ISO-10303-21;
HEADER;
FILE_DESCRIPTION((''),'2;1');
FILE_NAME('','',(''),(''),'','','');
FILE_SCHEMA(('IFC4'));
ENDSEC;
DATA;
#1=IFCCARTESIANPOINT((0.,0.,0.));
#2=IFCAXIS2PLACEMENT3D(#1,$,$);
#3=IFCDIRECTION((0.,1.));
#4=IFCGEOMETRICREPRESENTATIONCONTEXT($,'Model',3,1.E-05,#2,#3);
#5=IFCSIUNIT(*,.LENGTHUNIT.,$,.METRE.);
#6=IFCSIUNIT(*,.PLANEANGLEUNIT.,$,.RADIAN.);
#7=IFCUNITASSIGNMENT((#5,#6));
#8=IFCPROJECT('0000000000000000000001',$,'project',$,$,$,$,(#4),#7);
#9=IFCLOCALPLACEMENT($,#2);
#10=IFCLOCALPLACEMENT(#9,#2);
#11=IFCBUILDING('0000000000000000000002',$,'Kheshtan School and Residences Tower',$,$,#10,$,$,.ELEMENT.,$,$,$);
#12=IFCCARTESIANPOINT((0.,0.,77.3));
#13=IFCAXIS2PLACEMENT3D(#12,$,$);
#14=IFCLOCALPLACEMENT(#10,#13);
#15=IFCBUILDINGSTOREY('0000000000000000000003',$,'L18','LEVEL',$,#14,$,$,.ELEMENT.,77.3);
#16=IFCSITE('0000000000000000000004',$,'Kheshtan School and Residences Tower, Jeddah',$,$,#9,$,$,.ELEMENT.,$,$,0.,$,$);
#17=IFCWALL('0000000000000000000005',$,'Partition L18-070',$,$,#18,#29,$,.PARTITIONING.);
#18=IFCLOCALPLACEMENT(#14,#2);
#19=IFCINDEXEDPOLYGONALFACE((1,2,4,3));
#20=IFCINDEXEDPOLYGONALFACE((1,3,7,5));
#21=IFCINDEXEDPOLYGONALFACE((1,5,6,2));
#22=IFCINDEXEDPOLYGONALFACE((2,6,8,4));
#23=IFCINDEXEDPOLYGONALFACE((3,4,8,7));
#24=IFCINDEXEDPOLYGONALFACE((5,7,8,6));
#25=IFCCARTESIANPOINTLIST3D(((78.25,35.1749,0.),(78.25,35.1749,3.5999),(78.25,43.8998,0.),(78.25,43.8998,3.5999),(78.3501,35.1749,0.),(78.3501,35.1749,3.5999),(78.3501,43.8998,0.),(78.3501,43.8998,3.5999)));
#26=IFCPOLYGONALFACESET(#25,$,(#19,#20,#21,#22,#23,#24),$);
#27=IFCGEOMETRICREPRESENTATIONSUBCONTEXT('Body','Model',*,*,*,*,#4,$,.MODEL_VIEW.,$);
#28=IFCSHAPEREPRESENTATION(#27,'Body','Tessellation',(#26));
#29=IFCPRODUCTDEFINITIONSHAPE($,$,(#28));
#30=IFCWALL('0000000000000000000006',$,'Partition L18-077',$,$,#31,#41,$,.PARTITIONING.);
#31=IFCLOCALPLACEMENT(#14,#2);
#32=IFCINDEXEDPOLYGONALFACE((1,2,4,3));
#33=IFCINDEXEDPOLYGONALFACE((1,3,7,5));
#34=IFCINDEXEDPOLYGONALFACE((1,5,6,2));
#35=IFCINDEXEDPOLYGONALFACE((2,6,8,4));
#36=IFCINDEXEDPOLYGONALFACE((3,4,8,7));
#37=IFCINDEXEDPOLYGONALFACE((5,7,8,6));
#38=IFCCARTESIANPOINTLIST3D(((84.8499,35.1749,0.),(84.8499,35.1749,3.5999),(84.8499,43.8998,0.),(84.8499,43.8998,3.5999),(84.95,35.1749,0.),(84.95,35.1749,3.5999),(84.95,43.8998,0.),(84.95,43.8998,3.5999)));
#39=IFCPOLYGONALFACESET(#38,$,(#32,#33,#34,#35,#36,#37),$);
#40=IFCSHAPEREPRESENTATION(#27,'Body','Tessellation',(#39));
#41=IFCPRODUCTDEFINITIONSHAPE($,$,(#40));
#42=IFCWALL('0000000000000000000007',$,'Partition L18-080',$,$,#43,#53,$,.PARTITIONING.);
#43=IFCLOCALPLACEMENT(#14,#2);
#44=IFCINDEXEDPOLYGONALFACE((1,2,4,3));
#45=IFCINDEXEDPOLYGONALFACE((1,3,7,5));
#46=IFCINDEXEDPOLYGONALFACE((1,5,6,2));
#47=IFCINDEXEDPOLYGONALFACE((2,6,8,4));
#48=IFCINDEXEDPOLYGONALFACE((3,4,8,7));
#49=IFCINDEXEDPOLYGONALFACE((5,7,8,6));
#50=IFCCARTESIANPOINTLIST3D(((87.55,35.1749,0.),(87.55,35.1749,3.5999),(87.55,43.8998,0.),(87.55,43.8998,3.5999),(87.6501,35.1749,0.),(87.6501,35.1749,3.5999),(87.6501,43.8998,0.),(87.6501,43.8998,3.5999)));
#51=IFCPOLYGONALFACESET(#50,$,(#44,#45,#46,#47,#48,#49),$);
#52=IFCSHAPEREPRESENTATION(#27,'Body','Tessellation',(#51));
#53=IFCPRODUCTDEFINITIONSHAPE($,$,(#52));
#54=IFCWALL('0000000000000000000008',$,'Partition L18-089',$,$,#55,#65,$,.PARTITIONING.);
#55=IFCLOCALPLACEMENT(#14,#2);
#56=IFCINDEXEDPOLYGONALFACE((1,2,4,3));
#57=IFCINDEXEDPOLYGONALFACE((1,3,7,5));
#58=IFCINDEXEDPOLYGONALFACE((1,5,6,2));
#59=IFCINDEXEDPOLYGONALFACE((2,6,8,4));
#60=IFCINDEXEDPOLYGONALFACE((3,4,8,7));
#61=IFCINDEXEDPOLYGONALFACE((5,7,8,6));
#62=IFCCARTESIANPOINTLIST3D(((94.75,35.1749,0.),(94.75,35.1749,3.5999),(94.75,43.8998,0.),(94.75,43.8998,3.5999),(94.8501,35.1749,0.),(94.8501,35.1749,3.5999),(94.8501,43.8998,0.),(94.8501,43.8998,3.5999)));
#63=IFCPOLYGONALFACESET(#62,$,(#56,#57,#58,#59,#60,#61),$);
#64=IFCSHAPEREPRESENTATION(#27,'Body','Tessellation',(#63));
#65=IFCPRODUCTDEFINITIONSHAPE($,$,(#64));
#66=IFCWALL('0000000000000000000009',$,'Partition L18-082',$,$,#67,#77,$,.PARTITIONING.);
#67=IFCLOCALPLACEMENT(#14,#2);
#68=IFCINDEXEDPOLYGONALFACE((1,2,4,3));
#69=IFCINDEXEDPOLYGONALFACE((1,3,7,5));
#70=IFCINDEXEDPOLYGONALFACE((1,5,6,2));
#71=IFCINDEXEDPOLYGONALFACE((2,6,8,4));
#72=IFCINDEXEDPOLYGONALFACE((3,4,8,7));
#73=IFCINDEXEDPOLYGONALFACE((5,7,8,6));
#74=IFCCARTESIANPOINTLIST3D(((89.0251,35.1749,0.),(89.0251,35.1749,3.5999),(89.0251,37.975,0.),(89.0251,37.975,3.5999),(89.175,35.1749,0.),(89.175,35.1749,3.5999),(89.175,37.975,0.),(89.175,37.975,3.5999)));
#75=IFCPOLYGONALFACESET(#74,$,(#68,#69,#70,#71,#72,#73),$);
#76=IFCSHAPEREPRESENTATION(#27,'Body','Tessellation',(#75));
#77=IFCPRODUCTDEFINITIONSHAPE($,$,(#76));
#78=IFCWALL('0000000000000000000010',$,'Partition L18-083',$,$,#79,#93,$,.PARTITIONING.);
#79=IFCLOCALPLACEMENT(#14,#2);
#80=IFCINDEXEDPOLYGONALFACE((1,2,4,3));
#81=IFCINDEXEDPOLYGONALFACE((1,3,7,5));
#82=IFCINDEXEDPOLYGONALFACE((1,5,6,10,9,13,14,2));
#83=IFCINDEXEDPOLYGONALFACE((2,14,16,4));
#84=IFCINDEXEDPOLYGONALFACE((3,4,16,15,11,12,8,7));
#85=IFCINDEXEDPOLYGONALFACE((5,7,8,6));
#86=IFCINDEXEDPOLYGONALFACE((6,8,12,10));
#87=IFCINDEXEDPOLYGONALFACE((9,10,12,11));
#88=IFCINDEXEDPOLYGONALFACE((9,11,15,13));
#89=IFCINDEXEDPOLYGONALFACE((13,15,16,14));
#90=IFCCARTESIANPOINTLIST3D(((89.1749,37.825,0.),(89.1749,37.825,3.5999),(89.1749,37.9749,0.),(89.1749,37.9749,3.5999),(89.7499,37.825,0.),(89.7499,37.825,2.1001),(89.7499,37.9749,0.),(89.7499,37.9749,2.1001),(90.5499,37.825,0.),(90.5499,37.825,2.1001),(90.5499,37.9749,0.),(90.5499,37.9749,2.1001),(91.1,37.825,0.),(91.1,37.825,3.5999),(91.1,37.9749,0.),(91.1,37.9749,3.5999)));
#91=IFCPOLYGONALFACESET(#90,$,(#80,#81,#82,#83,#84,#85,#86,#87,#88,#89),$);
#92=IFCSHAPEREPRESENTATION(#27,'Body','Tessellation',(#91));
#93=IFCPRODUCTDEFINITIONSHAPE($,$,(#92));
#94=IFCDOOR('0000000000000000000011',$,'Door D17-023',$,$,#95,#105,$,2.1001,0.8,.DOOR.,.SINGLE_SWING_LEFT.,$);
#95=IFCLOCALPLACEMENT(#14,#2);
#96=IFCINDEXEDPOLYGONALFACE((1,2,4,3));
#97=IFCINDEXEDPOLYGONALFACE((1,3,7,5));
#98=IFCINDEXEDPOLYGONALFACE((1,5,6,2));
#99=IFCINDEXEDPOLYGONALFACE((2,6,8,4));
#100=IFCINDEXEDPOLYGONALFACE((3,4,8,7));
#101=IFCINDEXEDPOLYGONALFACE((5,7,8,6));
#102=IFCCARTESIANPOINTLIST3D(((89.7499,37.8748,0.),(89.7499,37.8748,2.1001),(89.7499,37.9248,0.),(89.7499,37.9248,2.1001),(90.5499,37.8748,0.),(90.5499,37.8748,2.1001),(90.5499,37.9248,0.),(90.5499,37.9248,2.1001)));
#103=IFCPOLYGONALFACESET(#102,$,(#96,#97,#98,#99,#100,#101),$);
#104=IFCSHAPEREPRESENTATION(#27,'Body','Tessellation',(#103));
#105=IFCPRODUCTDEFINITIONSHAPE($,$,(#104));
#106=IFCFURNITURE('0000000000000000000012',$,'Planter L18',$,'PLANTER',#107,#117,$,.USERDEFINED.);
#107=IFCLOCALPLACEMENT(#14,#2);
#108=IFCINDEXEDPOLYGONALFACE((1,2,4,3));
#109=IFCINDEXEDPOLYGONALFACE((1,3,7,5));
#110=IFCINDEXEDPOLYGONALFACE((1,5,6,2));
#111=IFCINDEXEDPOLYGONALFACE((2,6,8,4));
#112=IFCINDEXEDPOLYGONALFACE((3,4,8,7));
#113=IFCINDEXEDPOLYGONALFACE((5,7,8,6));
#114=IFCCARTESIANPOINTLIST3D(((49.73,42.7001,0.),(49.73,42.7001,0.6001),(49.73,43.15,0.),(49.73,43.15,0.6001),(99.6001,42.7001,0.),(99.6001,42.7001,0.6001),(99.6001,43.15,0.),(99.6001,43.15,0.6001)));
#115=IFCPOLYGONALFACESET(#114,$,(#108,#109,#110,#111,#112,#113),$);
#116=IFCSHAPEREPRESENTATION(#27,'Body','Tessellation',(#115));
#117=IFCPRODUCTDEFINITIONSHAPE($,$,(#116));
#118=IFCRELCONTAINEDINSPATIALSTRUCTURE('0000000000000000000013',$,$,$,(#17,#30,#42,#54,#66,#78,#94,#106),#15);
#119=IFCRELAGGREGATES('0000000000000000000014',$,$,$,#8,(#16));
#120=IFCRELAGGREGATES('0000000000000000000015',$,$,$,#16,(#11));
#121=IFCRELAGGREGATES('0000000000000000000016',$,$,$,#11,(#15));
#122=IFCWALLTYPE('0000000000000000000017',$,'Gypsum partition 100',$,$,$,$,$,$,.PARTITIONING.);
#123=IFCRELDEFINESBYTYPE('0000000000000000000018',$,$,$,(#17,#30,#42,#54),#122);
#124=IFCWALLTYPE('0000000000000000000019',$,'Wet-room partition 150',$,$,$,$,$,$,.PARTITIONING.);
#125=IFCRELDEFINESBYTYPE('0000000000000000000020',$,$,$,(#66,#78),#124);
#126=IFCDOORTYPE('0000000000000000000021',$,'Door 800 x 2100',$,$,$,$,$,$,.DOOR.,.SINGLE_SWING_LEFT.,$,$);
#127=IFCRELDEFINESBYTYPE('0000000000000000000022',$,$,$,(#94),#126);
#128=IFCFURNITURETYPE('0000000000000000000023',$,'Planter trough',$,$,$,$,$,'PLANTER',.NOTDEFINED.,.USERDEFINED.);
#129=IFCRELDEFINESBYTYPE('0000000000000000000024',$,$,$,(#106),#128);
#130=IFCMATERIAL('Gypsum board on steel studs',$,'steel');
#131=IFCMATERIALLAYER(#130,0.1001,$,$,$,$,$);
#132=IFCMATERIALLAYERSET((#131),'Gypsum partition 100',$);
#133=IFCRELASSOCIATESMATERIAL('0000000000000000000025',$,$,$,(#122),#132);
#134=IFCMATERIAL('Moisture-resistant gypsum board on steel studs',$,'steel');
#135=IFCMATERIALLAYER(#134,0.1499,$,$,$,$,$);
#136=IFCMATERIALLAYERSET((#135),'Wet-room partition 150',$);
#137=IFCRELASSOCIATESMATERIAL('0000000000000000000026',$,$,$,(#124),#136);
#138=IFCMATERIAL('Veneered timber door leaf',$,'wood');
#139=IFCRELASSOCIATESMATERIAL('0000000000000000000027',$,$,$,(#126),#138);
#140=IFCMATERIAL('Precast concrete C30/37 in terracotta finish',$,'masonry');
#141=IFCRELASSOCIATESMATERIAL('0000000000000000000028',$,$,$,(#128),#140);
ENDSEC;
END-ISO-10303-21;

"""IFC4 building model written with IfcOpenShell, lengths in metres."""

from ifc_helpers import new_model, si_unit, direction, frame, frame_2d, origin, origin_2d, place, context, subcontext, project, spatial, rectangle, extrude, source, transform, mapped, material, layer, layer_set, type_object, element, fill, save


model = new_model("IFC4")

# Units and contexts
model_context = context("Model", 3, precision=1e-05, world=origin(), true_north=direction((0.0, 1.0)))
body_context = subcontext(model_context, "Body", "Model", "MODEL_VIEW")
ifc_project = project(units=[si_unit("LENGTHUNIT", "METRE"), si_unit("PLANEANGLEUNIT", "RADIAN")], contexts=[model_context])

# Site, building, storey
site_placement = place(None, origin())
site = spatial("IfcSite", under=ifc_project, at=site_placement, Name="Kheshtan School and Residences Tower, Jeddah", CompositionType="ELEMENT", RefElevation=0.0)
building_placement = place(site_placement, origin())
building = spatial("IfcBuilding", under=site, at=building_placement, Name="Kheshtan School and Residences Tower", CompositionType="ELEMENT")
storey_placement = place(building_placement, frame((0.0, 0.0, 77.3)))
storey = spatial("IfcBuildingStorey", under=building, at=storey_placement, Name="L18", Description="LEVEL", CompositionType="ELEMENT", Elevation=77.3)

# Walls
ifc_material_1 = material(Name="Gypsum board on steel studs", Category="steel")
ifc_layer_1 = layer(ifc_material_1, 0.1001)
ifc_layer_set_1 = layer_set([ifc_layer_1], Name="Gypsum partition 100")
wall_type_1 = type_object("IfcWallType", Name="Gypsum partition 100", PredefinedType="PARTITIONING", material=ifc_layer_set_1)
for number, where, z_axis, x_axis, name in (
    (1, (78.3, 35.175, 0.0), (0.0, 0.0, 1.0), (0.0, 1.0, 0.0), "Partition L18-070"),
    (2, (84.8999, 35.175, 0.0), (0.0, 0.0, 1.0), (0.0, 1.0, 0.0), "Partition L18-077"),
    (3, (87.6001, 35.175, 0.0), (0.0, 0.0, 1.0), (0.0, 1.0, 0.0), "Partition L18-080"),
    (4, (94.8, 35.175, 0.0), (0.0, 0.0, 1.0), (0.0, 1.0, 0.0), "Partition L18-089"),
):
    element("IfcWall", number, at=place(storey_placement, frame(where, z_axis=z_axis, x_axis=x_axis)), inside=storey, type_object=wall_type_1, Name=name, PredefinedType="PARTITIONING", context=body_context, shape_type="SweptSolid", body=[
        extrude(rectangle(XDim=8.7249, YDim=0.1001, at=frame_2d((4.3623, 0.0))), origin(), (0.0, 0.0, 1.0), 3.5999),
    ])
ifc_material_2 = material(Name="Moisture-resistant gypsum board on steel studs", Category="steel")
ifc_layer_2 = layer(ifc_material_2, 0.1499)
ifc_layer_set_2 = layer_set([ifc_layer_2], Name="Wet-room partition 150")
wall_type_2 = type_object("IfcWallType", Name="Wet-room partition 150", PredefinedType="PARTITIONING", material=ifc_layer_set_2)
wall_1_placement = place(storey_placement, frame((89.1001, 35.175, 0.0), z_axis=(0.0, 0.0, 1.0), x_axis=(0.0, 1.0, 0.0)))
element("IfcWall", 5, at=wall_1_placement, inside=storey, type_object=wall_type_2, Name="Partition L18-082", PredefinedType="PARTITIONING", context=body_context, shape_type="SweptSolid", body=[
    extrude(rectangle(XDim=2.8, YDim=0.1499, at=frame_2d((1.3999, 0.0))), origin(), (0.0, 0.0, 1.0), 3.5999),
])

# Wall, opening, door
wall_2_placement = place(storey_placement, frame((89.175, 37.8999, 0.0), z_axis=(0.0, 0.0, 1.0), x_axis=(1.0, 0.0, 0.0)))
wall_2 = element("IfcWall", 6, at=wall_2_placement, inside=storey, type_object=wall_type_2, Name="Partition L18-083", PredefinedType="PARTITIONING", context=body_context, shape_type="SweptSolid", body=[
    extrude(rectangle(XDim=1.925, YDim=0.1499, at=frame_2d((0.9624, 0.0))), origin(), (0.0, 0.0, 1.0), 3.5999),
])
opening_1_placement = place(wall_2_placement, frame((0.575, 0.0, 0.0)))
opening_1 = element("IfcOpeningElement", 7, at=opening_1_placement, cuts=wall_2, PredefinedType="OPENING", context=body_context, shape_type="SweptSolid", body=[
    extrude(rectangle(XDim=0.8, YDim=2.1001, at=frame_2d((0.3999, 1.05))), frame((0.0, 0.085, 0.0), z_axis=(0.0, -1.0, 0.0), x_axis=(1.0, 0.0, 0.0)), (0.0, 0.0, 1.0), 0.1699),
])
ifc_material_3 = material(Name="Veneered timber door leaf", Category="wood")
door_type_1 = type_object("IfcDoorType", Name="Door 800 x 2100", OperationType="SINGLE_SWING_LEFT", PredefinedType="DOOR", material=ifc_material_3)
shared_shape_1 = source(origin(), body_context, "Body", "SweptSolid", [
    extrude(rectangle(XDim=0.8, YDim=2.1001, at=frame_2d((0.3999, 1.05))), frame((0.0, 0.0249, 0.0), z_axis=(0.0, -1.0, 0.0), x_axis=(1.0, 0.0, 0.0)), (0.0, 0.0, 1.0), 0.05),
])
door_1_placement = place(opening_1_placement, origin())
door_1 = element("IfcDoor", 8, at=door_1_placement, inside=storey, type_object=door_type_1, Name="Door D17-023", OperationType="SINGLE_SWING_LEFT", OverallHeight=2.1001, OverallWidth=0.8, PredefinedType="DOOR", context=body_context, shape_type="MappedRepresentation", body=[
    mapped(shared_shape_1, transform((0.0, 0.0, 0.0), x_axis=(1.0, 0.0, 0.0), y_axis=(0.0, 1.0, 0.0), z_axis=(0.0, 0.0, 1.0), scale=1.0)),
])
fill(opening_1, door_1)

# Furniture
ifc_material_4 = material(Name="Precast concrete C30/37 in terracotta finish", Category="masonry")
furniture_type = type_object("IfcFurnitureType", Name="Planter trough", ElementType="PLANTER", AssemblyPlace="NOTDEFINED", PredefinedType="USERDEFINED", material=ifc_material_4)
furniture_placement = place(storey_placement, frame((74.665, 42.925, 0.0), z_axis=(0.0, 0.0, 1.0), x_axis=(1.0, 0.0, 0.0)))
element("IfcFurniture", 9, at=furniture_placement, inside=storey, type_object=furniture_type, Name="Planter L18", ObjectType="PLANTER", PredefinedType="USERDEFINED", context=body_context, shape_type="SweptSolid", body=[
    extrude(rectangle(XDim=49.8701, YDim=0.45, at=origin_2d()), origin(), (0.0, 0.0, 1.0), 0.6001),
])

save(model, "model.ifc")
